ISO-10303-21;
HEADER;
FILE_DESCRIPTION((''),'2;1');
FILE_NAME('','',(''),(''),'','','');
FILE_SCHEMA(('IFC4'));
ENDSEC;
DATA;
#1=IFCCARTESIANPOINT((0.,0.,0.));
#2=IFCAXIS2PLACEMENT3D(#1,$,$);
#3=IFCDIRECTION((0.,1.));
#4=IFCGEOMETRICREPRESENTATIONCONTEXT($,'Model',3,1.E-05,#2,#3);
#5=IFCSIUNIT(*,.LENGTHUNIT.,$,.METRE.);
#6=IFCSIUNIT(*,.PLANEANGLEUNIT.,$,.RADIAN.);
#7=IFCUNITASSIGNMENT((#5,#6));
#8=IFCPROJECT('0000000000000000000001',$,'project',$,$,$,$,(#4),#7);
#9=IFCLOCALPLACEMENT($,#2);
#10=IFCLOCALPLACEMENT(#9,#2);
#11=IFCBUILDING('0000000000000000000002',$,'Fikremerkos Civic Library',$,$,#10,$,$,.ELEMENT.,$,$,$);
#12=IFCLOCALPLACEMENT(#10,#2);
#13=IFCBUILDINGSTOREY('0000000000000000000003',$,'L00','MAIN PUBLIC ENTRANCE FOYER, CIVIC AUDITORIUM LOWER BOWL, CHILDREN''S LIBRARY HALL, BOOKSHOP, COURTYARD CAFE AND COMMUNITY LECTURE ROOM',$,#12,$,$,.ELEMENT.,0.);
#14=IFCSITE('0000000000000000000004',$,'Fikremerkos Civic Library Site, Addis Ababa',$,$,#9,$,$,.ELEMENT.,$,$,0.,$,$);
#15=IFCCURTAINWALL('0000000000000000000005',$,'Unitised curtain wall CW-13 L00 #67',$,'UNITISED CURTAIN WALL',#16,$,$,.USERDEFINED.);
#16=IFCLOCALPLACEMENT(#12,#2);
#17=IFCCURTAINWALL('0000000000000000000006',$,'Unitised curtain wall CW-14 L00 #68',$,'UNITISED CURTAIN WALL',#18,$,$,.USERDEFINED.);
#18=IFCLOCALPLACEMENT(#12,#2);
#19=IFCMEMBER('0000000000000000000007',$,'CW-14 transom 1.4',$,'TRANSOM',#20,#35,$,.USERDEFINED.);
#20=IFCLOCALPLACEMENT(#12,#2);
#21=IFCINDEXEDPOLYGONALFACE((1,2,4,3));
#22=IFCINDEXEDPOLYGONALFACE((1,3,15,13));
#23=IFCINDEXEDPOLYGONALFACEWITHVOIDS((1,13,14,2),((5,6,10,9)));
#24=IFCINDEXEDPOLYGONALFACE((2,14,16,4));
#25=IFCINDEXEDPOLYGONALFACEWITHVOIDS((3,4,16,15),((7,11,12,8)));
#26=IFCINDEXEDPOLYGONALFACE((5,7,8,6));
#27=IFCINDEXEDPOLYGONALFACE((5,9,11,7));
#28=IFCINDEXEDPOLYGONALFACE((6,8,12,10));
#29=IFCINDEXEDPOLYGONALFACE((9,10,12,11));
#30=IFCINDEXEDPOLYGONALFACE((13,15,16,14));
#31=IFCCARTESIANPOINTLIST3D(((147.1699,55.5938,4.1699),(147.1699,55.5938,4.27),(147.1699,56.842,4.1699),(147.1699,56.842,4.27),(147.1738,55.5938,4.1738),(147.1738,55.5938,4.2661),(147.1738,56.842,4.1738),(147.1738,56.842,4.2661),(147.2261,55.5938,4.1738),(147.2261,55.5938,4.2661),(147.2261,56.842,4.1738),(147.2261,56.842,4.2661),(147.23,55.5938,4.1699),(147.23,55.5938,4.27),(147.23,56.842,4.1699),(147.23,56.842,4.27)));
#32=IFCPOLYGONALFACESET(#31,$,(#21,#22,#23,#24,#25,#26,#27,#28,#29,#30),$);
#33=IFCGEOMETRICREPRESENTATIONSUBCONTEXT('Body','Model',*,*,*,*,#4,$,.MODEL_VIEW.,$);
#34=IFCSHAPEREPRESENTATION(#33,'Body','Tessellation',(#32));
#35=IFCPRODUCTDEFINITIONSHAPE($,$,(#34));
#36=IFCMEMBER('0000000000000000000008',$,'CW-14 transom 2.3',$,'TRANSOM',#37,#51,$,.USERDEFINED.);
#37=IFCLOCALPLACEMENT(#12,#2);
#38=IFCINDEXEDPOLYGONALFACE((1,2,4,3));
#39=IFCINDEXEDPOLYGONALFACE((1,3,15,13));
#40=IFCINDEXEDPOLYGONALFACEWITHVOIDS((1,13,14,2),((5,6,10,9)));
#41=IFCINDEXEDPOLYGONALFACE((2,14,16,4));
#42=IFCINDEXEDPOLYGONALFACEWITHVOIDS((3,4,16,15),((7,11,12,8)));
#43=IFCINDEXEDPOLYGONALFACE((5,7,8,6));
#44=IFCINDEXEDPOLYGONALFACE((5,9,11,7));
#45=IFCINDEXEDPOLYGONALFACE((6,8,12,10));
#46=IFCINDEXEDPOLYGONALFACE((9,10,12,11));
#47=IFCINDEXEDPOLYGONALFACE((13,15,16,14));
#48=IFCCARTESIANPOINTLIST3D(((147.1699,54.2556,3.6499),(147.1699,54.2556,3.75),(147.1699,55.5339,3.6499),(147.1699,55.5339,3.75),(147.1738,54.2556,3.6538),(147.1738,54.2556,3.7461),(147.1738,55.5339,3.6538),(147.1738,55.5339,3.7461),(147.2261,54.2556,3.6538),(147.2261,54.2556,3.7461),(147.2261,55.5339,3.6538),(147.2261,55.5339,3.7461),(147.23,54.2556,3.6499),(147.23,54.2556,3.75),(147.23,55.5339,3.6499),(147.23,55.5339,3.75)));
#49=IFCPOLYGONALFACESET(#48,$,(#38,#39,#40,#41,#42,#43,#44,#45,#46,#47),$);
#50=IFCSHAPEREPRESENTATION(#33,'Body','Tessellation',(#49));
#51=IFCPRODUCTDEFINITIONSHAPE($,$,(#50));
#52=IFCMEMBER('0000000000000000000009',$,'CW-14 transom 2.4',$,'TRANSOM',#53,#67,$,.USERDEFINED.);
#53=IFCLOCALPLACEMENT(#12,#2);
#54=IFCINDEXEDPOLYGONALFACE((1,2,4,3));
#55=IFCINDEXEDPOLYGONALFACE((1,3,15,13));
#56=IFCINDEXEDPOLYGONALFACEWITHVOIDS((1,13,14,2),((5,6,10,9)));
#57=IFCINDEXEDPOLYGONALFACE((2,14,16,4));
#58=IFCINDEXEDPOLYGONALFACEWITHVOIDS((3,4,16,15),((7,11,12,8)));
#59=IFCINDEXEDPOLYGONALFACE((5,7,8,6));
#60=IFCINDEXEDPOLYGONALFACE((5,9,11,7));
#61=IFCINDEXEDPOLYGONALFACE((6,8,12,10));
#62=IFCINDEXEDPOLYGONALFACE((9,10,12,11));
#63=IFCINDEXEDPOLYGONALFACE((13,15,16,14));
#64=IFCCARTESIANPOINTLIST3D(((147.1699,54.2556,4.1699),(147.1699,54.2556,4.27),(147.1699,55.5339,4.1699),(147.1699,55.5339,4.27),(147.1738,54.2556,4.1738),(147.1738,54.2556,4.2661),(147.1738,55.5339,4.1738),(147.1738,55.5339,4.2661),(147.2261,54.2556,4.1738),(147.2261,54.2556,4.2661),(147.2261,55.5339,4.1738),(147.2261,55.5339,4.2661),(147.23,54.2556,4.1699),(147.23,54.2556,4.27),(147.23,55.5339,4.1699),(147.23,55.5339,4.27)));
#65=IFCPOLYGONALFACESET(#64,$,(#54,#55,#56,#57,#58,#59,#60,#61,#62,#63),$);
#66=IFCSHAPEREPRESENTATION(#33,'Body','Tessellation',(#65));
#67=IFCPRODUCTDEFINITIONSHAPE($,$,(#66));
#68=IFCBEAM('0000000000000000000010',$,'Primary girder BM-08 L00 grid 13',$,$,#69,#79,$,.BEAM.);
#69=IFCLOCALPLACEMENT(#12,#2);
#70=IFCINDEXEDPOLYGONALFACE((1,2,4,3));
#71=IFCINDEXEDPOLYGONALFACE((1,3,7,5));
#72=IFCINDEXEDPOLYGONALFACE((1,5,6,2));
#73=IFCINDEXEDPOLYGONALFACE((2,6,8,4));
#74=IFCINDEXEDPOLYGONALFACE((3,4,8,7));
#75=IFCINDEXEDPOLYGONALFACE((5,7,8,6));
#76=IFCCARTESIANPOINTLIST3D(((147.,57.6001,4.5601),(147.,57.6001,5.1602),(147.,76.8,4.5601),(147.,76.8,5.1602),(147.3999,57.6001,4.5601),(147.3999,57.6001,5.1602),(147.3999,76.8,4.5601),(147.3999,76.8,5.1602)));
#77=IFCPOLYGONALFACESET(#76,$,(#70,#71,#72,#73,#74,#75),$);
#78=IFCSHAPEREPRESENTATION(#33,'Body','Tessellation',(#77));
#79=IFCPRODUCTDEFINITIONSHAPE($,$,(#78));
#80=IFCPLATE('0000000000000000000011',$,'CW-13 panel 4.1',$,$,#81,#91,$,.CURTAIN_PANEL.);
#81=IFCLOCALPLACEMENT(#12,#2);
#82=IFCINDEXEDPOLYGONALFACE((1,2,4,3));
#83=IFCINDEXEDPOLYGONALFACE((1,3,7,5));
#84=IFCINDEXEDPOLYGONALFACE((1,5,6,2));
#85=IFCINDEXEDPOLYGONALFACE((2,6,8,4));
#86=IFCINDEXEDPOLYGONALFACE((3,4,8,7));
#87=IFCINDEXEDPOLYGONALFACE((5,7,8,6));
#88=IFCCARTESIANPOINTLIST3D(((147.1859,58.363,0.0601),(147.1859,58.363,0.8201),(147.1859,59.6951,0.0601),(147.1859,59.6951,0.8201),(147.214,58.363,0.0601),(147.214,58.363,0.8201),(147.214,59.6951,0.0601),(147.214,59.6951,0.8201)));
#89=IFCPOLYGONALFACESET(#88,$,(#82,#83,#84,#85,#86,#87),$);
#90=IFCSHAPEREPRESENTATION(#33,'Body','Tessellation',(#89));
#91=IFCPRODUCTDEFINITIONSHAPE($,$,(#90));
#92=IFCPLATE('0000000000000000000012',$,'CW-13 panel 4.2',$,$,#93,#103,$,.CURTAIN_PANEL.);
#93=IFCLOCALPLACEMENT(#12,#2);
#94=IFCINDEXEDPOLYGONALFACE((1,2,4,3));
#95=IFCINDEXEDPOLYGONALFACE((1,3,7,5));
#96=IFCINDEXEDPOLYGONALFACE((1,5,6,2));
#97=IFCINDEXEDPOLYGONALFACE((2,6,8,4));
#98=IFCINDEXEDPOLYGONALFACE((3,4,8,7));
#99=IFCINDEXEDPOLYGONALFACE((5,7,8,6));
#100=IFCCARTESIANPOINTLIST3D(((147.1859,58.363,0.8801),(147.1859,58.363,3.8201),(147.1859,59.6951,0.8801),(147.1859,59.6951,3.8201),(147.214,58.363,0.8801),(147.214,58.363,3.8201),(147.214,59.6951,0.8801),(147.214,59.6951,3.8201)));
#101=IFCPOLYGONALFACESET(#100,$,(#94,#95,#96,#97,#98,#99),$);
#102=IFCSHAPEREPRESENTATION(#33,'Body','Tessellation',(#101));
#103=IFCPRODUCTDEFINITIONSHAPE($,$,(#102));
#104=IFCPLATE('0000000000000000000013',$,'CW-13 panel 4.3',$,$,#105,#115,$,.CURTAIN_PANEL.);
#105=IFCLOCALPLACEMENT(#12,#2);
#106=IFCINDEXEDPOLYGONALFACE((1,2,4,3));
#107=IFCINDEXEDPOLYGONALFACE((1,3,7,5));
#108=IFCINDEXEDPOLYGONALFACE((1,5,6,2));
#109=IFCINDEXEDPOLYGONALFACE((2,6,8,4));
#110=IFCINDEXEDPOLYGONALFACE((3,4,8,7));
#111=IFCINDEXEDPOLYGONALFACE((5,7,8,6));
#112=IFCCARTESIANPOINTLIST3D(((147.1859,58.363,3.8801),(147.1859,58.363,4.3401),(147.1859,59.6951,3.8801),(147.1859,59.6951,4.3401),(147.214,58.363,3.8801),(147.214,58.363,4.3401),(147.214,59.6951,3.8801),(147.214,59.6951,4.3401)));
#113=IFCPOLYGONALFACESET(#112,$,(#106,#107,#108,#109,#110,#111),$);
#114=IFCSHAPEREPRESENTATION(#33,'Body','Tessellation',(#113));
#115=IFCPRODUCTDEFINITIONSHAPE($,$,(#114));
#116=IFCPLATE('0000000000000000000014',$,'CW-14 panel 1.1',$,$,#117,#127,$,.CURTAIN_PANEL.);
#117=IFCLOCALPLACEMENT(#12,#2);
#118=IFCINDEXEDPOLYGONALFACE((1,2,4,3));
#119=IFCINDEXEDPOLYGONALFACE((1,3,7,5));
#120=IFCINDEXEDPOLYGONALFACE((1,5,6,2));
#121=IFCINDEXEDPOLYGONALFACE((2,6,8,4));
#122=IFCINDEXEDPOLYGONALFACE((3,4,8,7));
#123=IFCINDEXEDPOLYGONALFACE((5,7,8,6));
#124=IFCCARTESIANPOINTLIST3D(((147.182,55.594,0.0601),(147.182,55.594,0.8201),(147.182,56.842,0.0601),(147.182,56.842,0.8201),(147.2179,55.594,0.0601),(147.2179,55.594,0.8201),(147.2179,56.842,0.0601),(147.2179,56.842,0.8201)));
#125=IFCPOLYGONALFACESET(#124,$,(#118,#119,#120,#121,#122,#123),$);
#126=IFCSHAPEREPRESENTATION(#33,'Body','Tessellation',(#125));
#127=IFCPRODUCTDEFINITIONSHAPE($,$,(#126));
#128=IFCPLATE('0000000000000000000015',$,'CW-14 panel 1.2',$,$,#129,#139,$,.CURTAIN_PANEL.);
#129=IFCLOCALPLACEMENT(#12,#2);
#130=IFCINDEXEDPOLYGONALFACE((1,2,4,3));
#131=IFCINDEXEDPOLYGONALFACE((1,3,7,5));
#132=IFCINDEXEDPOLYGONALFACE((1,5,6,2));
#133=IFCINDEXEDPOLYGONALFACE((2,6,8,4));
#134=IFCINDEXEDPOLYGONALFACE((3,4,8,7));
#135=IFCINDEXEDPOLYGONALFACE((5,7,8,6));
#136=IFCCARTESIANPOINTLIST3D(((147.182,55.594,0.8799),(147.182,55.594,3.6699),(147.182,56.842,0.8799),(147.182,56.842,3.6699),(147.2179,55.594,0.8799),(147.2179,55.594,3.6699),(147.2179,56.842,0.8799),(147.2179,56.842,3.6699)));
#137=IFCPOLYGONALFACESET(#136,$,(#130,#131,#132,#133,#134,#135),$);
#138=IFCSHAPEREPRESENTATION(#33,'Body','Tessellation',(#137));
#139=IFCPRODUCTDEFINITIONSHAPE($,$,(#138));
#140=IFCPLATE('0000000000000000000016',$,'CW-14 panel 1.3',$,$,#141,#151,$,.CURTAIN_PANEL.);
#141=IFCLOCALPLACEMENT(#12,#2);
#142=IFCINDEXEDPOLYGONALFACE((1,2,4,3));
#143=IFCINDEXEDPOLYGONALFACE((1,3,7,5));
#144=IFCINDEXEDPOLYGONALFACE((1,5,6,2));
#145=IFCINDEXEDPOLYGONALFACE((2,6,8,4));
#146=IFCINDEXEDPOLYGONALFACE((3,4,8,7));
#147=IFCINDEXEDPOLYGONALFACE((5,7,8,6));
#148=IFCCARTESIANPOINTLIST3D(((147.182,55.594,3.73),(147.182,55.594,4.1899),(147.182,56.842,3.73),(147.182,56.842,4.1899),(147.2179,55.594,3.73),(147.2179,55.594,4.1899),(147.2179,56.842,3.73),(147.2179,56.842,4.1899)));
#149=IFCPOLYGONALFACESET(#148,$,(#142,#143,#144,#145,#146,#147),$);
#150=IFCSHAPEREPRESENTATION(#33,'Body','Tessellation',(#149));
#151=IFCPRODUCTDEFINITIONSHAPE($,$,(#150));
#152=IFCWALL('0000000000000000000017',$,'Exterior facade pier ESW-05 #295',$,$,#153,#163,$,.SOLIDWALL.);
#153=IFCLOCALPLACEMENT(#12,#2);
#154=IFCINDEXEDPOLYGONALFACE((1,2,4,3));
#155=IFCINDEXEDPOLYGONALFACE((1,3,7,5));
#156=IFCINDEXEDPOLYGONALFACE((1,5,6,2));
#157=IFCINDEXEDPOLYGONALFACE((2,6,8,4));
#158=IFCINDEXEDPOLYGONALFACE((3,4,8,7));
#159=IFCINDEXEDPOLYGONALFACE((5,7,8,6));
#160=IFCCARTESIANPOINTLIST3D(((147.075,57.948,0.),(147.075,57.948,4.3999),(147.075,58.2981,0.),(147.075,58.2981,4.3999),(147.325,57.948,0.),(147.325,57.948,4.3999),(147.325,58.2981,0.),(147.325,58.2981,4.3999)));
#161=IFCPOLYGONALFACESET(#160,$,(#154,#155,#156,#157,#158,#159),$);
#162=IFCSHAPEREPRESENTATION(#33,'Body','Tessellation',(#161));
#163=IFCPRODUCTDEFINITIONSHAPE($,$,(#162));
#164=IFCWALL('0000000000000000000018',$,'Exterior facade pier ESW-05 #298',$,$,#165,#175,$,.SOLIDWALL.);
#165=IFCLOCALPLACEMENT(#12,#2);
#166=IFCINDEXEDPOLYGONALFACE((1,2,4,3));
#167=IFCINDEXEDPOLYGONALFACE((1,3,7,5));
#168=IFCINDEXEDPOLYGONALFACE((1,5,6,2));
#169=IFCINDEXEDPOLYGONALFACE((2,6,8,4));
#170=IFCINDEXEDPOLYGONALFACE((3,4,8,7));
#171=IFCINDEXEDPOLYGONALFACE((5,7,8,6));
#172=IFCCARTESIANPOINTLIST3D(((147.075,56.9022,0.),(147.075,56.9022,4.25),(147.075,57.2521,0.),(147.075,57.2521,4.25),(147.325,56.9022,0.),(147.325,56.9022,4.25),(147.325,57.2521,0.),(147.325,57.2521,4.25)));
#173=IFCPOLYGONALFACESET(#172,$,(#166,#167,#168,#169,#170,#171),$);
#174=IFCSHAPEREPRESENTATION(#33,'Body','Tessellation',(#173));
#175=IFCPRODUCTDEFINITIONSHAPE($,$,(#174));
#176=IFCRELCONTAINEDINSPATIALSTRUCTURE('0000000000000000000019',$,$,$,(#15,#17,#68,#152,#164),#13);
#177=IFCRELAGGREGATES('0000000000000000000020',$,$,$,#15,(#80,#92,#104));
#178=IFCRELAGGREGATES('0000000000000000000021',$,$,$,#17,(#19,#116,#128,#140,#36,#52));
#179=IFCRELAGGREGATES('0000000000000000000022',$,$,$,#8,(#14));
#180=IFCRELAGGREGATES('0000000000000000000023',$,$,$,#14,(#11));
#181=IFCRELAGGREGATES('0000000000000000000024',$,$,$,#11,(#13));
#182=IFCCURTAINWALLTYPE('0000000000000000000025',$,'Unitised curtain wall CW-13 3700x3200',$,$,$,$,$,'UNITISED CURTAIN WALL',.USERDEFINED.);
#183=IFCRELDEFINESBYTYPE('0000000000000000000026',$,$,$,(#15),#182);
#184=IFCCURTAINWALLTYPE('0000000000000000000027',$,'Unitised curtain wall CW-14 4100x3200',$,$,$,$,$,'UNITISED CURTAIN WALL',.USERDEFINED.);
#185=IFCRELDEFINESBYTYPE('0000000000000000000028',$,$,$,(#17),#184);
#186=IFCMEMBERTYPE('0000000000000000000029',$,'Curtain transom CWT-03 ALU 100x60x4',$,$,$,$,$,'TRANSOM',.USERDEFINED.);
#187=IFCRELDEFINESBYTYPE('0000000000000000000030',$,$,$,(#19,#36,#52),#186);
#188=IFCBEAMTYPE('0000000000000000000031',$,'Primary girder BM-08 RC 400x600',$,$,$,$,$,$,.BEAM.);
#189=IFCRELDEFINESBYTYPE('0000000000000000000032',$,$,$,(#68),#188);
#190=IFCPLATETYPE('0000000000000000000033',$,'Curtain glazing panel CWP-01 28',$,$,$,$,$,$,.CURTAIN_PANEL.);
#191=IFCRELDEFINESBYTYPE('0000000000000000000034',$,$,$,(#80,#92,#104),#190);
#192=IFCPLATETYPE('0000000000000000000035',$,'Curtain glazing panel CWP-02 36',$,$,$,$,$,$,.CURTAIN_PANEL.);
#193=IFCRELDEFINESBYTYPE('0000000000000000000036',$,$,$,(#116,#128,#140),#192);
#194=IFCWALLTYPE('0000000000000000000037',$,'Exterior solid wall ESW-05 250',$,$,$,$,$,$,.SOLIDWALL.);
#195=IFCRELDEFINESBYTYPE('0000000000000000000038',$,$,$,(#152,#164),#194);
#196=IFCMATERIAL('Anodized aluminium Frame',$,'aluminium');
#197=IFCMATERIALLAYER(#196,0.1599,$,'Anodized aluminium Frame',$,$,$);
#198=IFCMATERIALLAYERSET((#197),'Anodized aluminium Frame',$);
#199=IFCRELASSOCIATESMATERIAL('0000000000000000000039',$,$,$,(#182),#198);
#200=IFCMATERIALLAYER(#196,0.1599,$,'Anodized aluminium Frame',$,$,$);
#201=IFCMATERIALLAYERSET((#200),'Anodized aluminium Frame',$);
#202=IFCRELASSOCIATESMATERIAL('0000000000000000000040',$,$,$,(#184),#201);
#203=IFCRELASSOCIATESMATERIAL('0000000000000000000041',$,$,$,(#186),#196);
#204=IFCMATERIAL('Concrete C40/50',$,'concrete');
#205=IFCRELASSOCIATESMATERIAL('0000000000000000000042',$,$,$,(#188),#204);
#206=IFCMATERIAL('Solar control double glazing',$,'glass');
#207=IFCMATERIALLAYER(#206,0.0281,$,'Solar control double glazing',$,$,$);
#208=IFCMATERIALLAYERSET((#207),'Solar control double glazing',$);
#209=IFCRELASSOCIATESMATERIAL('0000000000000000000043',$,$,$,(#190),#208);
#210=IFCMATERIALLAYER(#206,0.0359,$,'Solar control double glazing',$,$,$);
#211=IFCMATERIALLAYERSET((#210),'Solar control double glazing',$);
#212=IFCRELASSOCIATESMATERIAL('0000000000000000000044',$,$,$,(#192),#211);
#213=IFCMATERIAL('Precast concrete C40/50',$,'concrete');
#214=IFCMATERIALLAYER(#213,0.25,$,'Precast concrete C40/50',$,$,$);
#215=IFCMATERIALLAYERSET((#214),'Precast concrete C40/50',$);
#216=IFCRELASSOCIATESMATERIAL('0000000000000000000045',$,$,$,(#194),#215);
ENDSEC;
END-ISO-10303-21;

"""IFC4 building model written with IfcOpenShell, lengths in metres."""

from ifc_helpers import new_model, si_unit, direction, frame, frame_2d, origin, origin_2d, place, context, subcontext, project, spatial, rectangle, hollow_rectangle, extrude, material, layer, layer_set, material_profile, profile_set, type_object, element, aggregate, save


model = new_model("IFC4")

# Units and contexts
model_context = context("Model", 3, precision=1e-05, world=origin(), true_north=direction((0.0, 1.0)))
body_context = subcontext(model_context, "Body", "Model", "MODEL_VIEW")
ifc_project = project(units=[si_unit("LENGTHUNIT", "METRE"), si_unit("PLANEANGLEUNIT", "RADIAN")], contexts=[model_context])

# Site, building, storey
site_placement = place(None, origin())
site = spatial("IfcSite", under=ifc_project, at=site_placement, Name="Fikremerkos Civic Library Site, Addis Ababa", CompositionType="ELEMENT", RefElevation=0.0)
building_placement = place(site_placement, origin())
building = spatial("IfcBuilding", under=site, at=building_placement, Name="Fikremerkos Civic Library", CompositionType="ELEMENT")
storey_placement = place(building_placement, origin())
storey = spatial("IfcBuildingStorey", under=building, at=storey_placement, Name="L00", Description="MAIN PUBLIC ENTRANCE FOYER, CIVIC AUDITORIUM LOWER BOWL, CHILDREN'S LIBRARY HALL, BOOKSHOP, COURTYARD CAFE AND COMMUNITY LECTURE ROOM", CompositionType="ELEMENT", Elevation=0.0)

# Shared definitions
ifc_material_1 = material(Name="Concrete C40/50", Category="concrete")

# Curtain wall
ifc_material_2 = material(Name="Anodized aluminium Frame", Category="aluminium")
ifc_layer_1 = layer(ifc_material_2, 0.1599, Name="Anodized aluminium Frame")
ifc_layer_set_1 = layer_set([ifc_layer_1], Name="Anodized aluminium Frame")
curtain_wall_type_1 = type_object("IfcCurtainWallType", Name="Unitised curtain wall CW-13 3700x3200", ElementType="UNITISED CURTAIN WALL", PredefinedType="USERDEFINED", material=ifc_layer_set_1)
curtain_wall_1_placement = place(storey_placement, origin())
curtain_wall_1 = element("IfcCurtainWall", 1, at=curtain_wall_1_placement, inside=storey, type_object=curtain_wall_type_1, Name="Unitised curtain wall CW-13 L00 #67", ObjectType="UNITISED CURTAIN WALL", PredefinedType="USERDEFINED")

# Curtain wall
ifc_layer_2 = layer(ifc_material_2, 0.1599, Name="Anodized aluminium Frame")
ifc_layer_set_2 = layer_set([ifc_layer_2], Name="Anodized aluminium Frame")
curtain_wall_type_2 = type_object("IfcCurtainWallType", Name="Unitised curtain wall CW-14 4100x3200", ElementType="UNITISED CURTAIN WALL", PredefinedType="USERDEFINED", material=ifc_layer_set_2)
curtain_wall_2_placement = place(storey_placement, origin())
curtain_wall_2 = element("IfcCurtainWall", 2, at=curtain_wall_2_placement, inside=storey, type_object=curtain_wall_type_2, Name="Unitised curtain wall CW-14 L00 #68", ObjectType="UNITISED CURTAIN WALL", PredefinedType="USERDEFINED")

# Members
ifc_material_profile_1 = material_profile(ifc_material_2, hollow_rectangle(XDim=0.0601, YDim=0.1001, WallThickness=0.0039, at=origin_2d()), Name="ALU 100x60x4")
ifc_profile_set_1 = profile_set([ifc_material_profile_1], Name="Anodized aluminium Frame")
member_type_1 = type_object("IfcMemberType", Name="Curtain transom CWT-03 ALU 100x60x4", ElementType="TRANSOM", PredefinedType="USERDEFINED", material=ifc_profile_set_1)
member_1_placement = place(storey_placement, frame((147.2, 56.842, 4.22), z_axis=(0.0, -1.0, 0.0), x_axis=(1.0, 0.0, 0.0)))
member_1 = element("IfcMember", 3, at=member_1_placement, type_object=member_type_1, Name="CW-14 transom 1.4", ObjectType="TRANSOM", PredefinedType="USERDEFINED", context=body_context, shape_type="SweptSolid", body=[
    extrude(hollow_rectangle(XDim=0.0601, YDim=0.1001, WallThickness=0.0039, at=origin_2d()), origin(), (0.0, 0.0, 1.0), 1.2483),
])
member_2_placement = place(storey_placement, frame((147.2, 55.5339, 3.7), z_axis=(0.0, -1.0, 0.0), x_axis=(1.0, 0.0, 0.0)))
member_2 = element("IfcMember", 4, at=member_2_placement, type_object=member_type_1, Name="CW-14 transom 2.3", ObjectType="TRANSOM", PredefinedType="USERDEFINED", context=body_context, shape_type="SweptSolid", body=[
    extrude(hollow_rectangle(XDim=0.0601, YDim=0.1001, WallThickness=0.0039, at=origin_2d()), origin(), (0.0, 0.0, 1.0), 1.2783),
])
member_3_placement = place(storey_placement, frame((147.2, 55.5339, 4.22), z_axis=(0.0, -1.0, 0.0), x_axis=(1.0, 0.0, 0.0)))
member_3 = element("IfcMember", 5, at=member_3_placement, type_object=member_type_1, Name="CW-14 transom 2.4", ObjectType="TRANSOM", PredefinedType="USERDEFINED", context=body_context, shape_type="SweptSolid", body=[
    extrude(hollow_rectangle(XDim=0.0601, YDim=0.1001, WallThickness=0.0039, at=origin_2d()), origin(), (0.0, 0.0, 1.0), 1.2783),
])

# Beam
ifc_material_profile_2 = material_profile(ifc_material_1, rectangle(XDim=0.3999, YDim=0.6001, at=origin_2d()), Name="RC 400x600")
ifc_profile_set_2 = profile_set([ifc_material_profile_2], Name="Concrete C40/50")
beam_type = type_object("IfcBeamType", Name="Primary girder BM-08 RC 400x600", PredefinedType="BEAM", material=ifc_profile_set_2)
beam_placement = place(storey_placement, frame((147.2, 57.6001, 4.8601), z_axis=(0.0, 1.0, 0.0), x_axis=(-1.0, 0.0, 0.0)))
element("IfcBeam", 6, at=beam_placement, inside=storey, type_object=beam_type, Name="Primary girder BM-08 L00 grid 13", PredefinedType="BEAM", context=body_context, shape_type="SweptSolid", body=[
    extrude(rectangle(XDim=0.3999, YDim=0.6001, at=origin_2d()), origin(), (0.0, 0.0, 1.0), 19.2),
])

# Plates
ifc_material_3 = material(Name="Solar control double glazing", Category="glass")
ifc_layer_3 = layer(ifc_material_3, 0.0281, Name="Solar control double glazing")
ifc_layer_set_3 = layer_set([ifc_layer_3], Name="Solar control double glazing")
plate_type_1 = type_object("IfcPlateType", Name="Curtain glazing panel CWP-01 28", PredefinedType="CURTAIN_PANEL", material=ifc_layer_set_3)
plate_1_placement = place(storey_placement, frame((147.2, 59.0291, 0.0601), z_axis=(0.0, 0.0, 1.0), x_axis=(0.0, -1.0, 0.0)))
plate_1 = element("IfcPlate", 7, at=plate_1_placement, type_object=plate_type_1, Name="CW-13 panel 4.1", PredefinedType="CURTAIN_PANEL", context=body_context, shape_type="SweptSolid", body=[
    extrude(rectangle(XDim=1.332, YDim=0.0281, at=origin_2d()), origin(), (0.0, 0.0, 1.0), 0.76),
])
plate_2_placement = place(storey_placement, frame((147.2, 59.0291, 0.8801), z_axis=(0.0, 0.0, 1.0), x_axis=(0.0, -1.0, 0.0)))
plate_2 = element("IfcPlate", 8, at=plate_2_placement, type_object=plate_type_1, Name="CW-13 panel 4.2", PredefinedType="CURTAIN_PANEL", context=body_context, shape_type="SweptSolid", body=[
    extrude(rectangle(XDim=1.332, YDim=0.0281, at=origin_2d()), origin(), (0.0, 0.0, 1.0), 2.9399),
])
plate_3_placement = place(storey_placement, frame((147.2, 59.0291, 3.8801), z_axis=(0.0, 0.0, 1.0), x_axis=(0.0, -1.0, 0.0)))
plate_3 = element("IfcPlate", 9, at=plate_3_placement, type_object=plate_type_1, Name="CW-13 panel 4.3", PredefinedType="CURTAIN_PANEL", context=body_context, shape_type="SweptSolid", body=[
    extrude(rectangle(XDim=1.332, YDim=0.0281, at=origin_2d()), origin(), (0.0, 0.0, 1.0), 0.46),
])
aggregate(curtain_wall_1, [plate_1, plate_2, plate_3])
ifc_layer_4 = layer(ifc_material_3, 0.0359, Name="Solar control double glazing")
ifc_layer_set_4 = layer_set([ifc_layer_4], Name="Solar control double glazing")
plate_type_2 = type_object("IfcPlateType", Name="Curtain glazing panel CWP-02 36", PredefinedType="CURTAIN_PANEL", material=ifc_layer_set_4)
plate_4_placement = place(storey_placement, frame((147.2, 56.218, 0.0601), z_axis=(0.0, 0.0, 1.0), x_axis=(0.0, -1.0, 0.0)))
plate_4 = element("IfcPlate", 10, at=plate_4_placement, type_object=plate_type_2, Name="CW-14 panel 1.1", PredefinedType="CURTAIN_PANEL", context=body_context, shape_type="SweptSolid", body=[
    extrude(rectangle(XDim=1.248, YDim=0.0359, at=origin_2d()), origin(), (0.0, 0.0, 1.0), 0.76),
])
plate_5_placement = place(storey_placement, frame((147.2, 56.218, 0.8799), z_axis=(0.0, 0.0, 1.0), x_axis=(0.0, -1.0, 0.0)))
plate_5 = element("IfcPlate", 11, at=plate_5_placement, type_object=plate_type_2, Name="CW-14 panel 1.2", PredefinedType="CURTAIN_PANEL", context=body_context, shape_type="SweptSolid", body=[
    extrude(rectangle(XDim=1.248, YDim=0.0359, at=origin_2d()), origin(), (0.0, 0.0, 1.0), 2.79),
])
plate_6_placement = place(storey_placement, frame((147.2, 56.218, 3.73), z_axis=(0.0, 0.0, 1.0), x_axis=(0.0, -1.0, 0.0)))
plate_6 = element("IfcPlate", 12, at=plate_6_placement, type_object=plate_type_2, Name="CW-14 panel 1.3", PredefinedType="CURTAIN_PANEL", context=body_context, shape_type="SweptSolid", body=[
    extrude(rectangle(XDim=1.248, YDim=0.0359, at=origin_2d()), origin(), (0.0, 0.0, 1.0), 0.46),
])
aggregate(curtain_wall_2, [member_1, plate_4, plate_5, plate_6, member_2, member_3])

# Walls
ifc_material_4 = material(Name="Precast concrete C40/50", Category="concrete")
ifc_layer_5 = layer(ifc_material_4, 0.25, Name="Precast concrete C40/50")
ifc_layer_set_5 = layer_set([ifc_layer_5], Name="Precast concrete C40/50")
wall_type = type_object("IfcWallType", Name="Exterior solid wall ESW-05 250", PredefinedType="SOLIDWALL", material=ifc_layer_set_5)
wall_1_placement = place(storey_placement, frame((147.2, 58.2981, 0.0), z_axis=(0.0, 0.0, 1.0), x_axis=(0.0, -1.0, 0.0)))
element("IfcWall", 13, at=wall_1_placement, inside=storey, type_object=wall_type, Name="Exterior facade pier ESW-05 #295", PredefinedType="SOLIDWALL", context=body_context, shape_type="SweptSolid", body=[
    extrude(rectangle(XDim=0.3501, YDim=0.25, at=frame_2d((0.175, 0.0))), origin(), (0.0, 0.0, 1.0), 4.3999),
])
wall_2_placement = place(storey_placement, frame((147.2, 57.252, 0.0), z_axis=(0.0, 0.0, 1.0), x_axis=(0.0, -1.0, 0.0)))
element("IfcWall", 14, at=wall_2_placement, inside=storey, type_object=wall_type, Name="Exterior facade pier ESW-05 #298", PredefinedType="SOLIDWALL", context=body_context, shape_type="SweptSolid", body=[
    extrude(rectangle(XDim=0.3499, YDim=0.25, at=frame_2d((0.1748, 0.0))), origin(), (0.0, 0.0, 1.0), 4.25),
])

save(model, "model.ifc")
